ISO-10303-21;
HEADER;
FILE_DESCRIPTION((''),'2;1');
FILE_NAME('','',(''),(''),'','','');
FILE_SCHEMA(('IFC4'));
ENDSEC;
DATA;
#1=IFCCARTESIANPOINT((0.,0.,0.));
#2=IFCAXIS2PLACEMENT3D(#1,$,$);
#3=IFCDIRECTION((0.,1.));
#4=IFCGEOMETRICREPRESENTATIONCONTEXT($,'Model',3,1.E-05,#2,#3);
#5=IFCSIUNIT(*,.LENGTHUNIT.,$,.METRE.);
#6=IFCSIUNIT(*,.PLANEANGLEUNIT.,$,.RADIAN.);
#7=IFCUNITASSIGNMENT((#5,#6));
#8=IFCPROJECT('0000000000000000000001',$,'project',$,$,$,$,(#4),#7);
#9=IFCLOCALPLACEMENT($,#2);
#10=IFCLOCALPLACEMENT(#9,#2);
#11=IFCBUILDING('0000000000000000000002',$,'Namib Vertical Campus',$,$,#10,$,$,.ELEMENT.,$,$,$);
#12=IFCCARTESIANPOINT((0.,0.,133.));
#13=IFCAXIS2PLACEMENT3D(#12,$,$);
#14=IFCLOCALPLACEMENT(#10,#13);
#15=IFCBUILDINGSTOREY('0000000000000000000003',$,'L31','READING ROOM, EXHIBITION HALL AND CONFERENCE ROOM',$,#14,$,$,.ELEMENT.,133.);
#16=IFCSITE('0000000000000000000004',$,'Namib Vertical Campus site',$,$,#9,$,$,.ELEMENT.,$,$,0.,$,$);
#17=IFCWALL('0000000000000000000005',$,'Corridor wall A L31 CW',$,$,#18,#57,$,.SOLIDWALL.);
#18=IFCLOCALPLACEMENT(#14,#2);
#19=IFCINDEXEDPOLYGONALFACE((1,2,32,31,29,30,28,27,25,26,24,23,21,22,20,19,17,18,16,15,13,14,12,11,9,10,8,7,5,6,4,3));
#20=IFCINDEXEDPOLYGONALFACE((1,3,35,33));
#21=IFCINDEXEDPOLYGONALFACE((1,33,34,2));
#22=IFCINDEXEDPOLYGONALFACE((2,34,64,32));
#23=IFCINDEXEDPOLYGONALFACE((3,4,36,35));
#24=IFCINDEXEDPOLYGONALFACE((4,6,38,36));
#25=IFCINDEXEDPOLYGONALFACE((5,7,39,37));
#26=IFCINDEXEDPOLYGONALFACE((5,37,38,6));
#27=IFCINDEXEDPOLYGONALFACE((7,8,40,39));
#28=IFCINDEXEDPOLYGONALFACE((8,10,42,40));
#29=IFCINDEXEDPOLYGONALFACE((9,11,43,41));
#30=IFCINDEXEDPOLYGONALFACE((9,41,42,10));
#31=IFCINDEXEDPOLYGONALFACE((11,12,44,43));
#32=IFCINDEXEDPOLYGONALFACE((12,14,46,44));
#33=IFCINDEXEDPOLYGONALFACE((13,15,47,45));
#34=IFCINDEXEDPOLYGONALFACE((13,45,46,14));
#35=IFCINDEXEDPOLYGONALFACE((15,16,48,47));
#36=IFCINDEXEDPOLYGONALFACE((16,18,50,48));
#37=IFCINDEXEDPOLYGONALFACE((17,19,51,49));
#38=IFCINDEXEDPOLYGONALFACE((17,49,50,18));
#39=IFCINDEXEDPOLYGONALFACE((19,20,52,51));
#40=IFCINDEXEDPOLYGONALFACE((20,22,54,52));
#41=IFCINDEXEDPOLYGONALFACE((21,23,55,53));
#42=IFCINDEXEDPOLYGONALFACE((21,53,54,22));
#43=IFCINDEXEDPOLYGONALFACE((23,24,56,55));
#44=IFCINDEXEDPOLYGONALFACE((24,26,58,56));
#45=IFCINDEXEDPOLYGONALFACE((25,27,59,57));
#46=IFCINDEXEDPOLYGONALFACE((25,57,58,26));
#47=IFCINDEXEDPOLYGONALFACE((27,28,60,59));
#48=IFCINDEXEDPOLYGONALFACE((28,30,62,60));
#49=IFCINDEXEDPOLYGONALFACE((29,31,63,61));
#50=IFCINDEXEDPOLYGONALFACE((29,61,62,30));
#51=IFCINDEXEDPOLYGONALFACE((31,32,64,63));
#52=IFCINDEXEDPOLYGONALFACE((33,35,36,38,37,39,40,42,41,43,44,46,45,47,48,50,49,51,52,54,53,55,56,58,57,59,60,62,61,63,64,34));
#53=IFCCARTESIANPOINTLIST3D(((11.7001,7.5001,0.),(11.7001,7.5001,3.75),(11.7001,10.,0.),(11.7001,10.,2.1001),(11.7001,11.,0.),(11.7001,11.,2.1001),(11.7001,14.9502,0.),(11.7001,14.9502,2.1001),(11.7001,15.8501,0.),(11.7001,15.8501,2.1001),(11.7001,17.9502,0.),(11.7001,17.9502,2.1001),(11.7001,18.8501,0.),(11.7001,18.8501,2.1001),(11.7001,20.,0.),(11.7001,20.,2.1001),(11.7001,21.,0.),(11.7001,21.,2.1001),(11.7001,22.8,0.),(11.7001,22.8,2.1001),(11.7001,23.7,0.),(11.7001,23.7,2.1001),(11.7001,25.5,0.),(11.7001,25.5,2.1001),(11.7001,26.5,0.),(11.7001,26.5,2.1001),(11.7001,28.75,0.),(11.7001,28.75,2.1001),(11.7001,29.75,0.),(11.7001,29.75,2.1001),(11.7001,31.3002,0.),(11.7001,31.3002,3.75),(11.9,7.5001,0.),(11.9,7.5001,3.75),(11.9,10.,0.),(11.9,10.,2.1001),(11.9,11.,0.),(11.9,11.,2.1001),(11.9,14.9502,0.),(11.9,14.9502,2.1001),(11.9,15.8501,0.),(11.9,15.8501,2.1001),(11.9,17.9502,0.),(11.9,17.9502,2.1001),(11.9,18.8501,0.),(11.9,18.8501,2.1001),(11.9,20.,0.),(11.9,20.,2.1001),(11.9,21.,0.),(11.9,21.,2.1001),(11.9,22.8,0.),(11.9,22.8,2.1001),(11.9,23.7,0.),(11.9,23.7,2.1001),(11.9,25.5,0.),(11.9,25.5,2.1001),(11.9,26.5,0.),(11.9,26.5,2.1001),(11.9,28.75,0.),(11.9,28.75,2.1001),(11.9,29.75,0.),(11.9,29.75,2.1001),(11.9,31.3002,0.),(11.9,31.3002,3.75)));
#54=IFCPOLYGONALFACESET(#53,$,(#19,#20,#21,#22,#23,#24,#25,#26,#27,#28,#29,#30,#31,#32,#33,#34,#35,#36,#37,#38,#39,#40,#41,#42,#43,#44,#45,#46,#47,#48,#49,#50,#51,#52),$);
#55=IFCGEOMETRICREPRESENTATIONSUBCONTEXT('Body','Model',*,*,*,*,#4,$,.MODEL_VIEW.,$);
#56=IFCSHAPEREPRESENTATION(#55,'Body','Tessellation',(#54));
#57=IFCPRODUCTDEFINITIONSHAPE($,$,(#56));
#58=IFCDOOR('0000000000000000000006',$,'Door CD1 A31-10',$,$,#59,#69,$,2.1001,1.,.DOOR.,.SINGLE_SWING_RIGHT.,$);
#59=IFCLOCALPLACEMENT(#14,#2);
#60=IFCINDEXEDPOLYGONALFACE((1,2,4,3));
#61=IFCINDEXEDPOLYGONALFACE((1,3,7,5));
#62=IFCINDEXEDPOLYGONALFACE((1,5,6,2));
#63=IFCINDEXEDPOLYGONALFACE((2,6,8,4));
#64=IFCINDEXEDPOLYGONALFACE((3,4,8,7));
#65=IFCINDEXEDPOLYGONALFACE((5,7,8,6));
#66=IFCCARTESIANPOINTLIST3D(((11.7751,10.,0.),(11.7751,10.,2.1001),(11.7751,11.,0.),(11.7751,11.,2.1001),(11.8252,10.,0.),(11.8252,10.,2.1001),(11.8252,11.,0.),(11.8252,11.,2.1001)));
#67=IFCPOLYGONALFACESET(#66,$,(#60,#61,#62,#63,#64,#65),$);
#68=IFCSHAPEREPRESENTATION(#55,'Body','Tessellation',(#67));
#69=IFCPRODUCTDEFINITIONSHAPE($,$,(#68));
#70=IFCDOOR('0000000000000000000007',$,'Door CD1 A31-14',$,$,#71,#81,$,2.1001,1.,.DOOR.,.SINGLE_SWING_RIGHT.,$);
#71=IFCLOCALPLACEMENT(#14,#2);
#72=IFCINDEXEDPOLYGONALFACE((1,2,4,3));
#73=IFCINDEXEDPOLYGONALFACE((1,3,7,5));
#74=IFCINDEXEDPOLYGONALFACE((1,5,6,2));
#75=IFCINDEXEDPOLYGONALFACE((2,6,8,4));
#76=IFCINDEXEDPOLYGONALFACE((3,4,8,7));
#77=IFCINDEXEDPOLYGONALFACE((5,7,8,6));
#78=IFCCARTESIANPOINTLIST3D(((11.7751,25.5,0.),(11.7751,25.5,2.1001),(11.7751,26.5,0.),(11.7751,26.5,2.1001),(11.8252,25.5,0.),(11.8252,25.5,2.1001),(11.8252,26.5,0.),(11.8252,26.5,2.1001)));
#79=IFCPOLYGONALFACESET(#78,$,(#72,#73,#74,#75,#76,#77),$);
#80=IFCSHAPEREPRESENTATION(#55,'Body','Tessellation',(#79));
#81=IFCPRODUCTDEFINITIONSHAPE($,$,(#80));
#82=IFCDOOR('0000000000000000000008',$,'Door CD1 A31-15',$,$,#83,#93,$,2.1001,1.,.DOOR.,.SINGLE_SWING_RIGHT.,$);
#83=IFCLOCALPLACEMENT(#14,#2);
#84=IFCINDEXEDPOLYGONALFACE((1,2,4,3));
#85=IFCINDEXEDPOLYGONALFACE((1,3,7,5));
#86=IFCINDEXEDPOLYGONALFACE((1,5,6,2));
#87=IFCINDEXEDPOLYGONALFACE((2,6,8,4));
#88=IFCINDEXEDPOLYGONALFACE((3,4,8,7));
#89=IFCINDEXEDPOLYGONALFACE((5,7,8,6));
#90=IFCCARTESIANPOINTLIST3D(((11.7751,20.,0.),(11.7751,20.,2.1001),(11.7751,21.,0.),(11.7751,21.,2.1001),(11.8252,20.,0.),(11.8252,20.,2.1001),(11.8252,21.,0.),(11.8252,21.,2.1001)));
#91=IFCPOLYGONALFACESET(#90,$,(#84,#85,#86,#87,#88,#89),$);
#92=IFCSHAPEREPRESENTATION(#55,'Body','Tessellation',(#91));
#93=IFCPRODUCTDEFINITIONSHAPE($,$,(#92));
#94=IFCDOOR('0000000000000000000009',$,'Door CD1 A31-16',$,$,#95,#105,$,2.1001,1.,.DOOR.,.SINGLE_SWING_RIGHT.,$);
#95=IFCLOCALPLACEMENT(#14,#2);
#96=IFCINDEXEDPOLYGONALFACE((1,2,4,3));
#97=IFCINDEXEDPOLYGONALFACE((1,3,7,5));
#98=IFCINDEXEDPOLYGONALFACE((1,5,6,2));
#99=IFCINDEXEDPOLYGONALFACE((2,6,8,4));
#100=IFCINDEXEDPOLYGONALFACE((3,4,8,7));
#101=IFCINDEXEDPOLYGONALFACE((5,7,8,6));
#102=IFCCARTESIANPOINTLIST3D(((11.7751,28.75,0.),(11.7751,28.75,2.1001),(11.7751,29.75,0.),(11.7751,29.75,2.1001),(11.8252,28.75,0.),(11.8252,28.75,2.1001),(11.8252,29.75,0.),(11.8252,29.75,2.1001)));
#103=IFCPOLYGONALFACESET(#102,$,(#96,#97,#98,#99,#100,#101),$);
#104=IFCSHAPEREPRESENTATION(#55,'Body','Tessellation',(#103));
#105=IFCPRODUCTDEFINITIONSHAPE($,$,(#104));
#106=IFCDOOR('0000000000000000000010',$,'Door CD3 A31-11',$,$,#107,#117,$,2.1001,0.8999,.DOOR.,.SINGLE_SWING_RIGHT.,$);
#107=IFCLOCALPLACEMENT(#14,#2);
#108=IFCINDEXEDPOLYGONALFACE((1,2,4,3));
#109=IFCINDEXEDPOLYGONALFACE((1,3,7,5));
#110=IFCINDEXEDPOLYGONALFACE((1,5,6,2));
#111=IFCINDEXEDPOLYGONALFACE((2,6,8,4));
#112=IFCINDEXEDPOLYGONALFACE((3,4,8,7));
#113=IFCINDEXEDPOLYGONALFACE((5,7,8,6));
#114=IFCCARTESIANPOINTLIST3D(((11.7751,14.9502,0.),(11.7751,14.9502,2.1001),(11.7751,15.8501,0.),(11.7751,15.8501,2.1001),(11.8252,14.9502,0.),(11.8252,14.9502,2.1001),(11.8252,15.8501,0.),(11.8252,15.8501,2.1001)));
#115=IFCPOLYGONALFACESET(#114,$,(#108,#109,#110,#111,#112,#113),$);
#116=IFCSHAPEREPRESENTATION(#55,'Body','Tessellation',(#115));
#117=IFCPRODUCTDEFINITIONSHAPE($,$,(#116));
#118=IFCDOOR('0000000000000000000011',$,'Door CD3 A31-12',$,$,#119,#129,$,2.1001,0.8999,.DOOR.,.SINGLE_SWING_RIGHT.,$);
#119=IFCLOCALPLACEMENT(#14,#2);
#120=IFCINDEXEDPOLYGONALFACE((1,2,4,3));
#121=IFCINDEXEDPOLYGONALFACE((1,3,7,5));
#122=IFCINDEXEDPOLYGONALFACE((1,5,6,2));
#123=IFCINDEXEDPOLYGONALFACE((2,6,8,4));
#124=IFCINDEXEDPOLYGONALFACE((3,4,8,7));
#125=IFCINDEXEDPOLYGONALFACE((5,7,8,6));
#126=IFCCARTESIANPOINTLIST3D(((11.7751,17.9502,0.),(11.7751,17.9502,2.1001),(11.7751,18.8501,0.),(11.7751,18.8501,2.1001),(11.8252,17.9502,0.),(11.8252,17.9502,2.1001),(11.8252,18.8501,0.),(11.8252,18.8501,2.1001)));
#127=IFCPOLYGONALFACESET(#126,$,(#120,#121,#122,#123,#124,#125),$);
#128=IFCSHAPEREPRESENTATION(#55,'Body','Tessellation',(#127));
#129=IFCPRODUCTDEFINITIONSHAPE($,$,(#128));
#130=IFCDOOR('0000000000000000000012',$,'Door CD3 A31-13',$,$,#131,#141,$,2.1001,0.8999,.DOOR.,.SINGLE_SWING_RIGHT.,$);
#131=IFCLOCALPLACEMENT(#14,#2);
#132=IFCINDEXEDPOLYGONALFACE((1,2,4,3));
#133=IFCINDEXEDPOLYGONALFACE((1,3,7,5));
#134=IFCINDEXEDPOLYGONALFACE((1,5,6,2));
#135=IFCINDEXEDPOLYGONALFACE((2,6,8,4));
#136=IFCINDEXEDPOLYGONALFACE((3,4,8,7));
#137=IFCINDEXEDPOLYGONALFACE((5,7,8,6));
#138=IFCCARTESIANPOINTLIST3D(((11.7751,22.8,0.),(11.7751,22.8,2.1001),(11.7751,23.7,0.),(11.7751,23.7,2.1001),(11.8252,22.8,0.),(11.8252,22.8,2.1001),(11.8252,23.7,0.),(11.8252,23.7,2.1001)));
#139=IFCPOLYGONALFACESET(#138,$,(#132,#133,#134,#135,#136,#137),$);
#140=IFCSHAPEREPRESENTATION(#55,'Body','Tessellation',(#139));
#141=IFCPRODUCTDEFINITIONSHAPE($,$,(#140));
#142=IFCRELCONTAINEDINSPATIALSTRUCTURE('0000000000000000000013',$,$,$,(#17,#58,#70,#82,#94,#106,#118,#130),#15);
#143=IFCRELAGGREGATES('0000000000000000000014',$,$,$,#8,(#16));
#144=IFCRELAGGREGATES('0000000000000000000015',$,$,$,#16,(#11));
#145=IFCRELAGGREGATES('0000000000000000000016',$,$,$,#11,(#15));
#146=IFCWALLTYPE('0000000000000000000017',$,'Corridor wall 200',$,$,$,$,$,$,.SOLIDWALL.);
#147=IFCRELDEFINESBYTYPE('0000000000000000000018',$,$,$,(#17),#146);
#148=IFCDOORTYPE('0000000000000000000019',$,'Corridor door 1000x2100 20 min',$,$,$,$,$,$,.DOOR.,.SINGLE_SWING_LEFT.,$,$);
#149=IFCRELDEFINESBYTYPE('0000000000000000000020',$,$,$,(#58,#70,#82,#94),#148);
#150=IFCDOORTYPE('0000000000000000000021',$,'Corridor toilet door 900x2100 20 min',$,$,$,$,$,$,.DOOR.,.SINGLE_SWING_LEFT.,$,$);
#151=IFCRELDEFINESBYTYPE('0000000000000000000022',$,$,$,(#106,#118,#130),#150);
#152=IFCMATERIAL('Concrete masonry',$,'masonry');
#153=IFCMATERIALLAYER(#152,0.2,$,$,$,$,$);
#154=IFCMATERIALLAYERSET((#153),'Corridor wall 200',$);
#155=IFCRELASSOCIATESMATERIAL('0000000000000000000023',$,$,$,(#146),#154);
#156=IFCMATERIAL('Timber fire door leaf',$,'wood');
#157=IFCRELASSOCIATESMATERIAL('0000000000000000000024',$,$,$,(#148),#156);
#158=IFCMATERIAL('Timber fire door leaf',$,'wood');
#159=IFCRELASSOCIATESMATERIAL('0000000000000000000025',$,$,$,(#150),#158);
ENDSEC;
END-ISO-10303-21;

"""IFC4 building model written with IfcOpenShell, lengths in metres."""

from ifc_helpers import new_model, si_unit, direction, frame, frame_2d, origin, place, context, subcontext, project, spatial, rectangle, extrude, material, layer, layer_set, type_object, element, fill, save


model = new_model("IFC4")

# Units and contexts
model_context = context("Model", 3, precision=1e-05, world=origin(), true_north=direction((0.0, 1.0)))
body_context = subcontext(model_context, "Body", "Model", "MODEL_VIEW")
ifc_project = project(units=[si_unit("LENGTHUNIT", "METRE"), si_unit("PLANEANGLEUNIT", "RADIAN")], contexts=[model_context])

# Site, building, storey
site_placement = place(None, origin())
site = spatial("IfcSite", under=ifc_project, at=site_placement, Name="Namib Vertical Campus site", CompositionType="ELEMENT", RefElevation=0.0)
building_placement = place(site_placement, origin())
building = spatial("IfcBuilding", under=site, at=building_placement, Name="Namib Vertical Campus", CompositionType="ELEMENT")
storey_placement = place(building_placement, frame((0.0, 0.0, 133.0)))
storey = spatial("IfcBuildingStorey", under=building, at=storey_placement, Name="L31", Description="READING ROOM, EXHIBITION HALL AND CONFERENCE ROOM", CompositionType="ELEMENT", Elevation=133.0)

# Wall, openings, doors
ifc_material_1 = material(Name="Concrete masonry", Category="masonry")
ifc_layer_1 = layer(ifc_material_1, 0.2)
ifc_layer_set_1 = layer_set([ifc_layer_1], Name="Corridor wall 200")
wall_type_1 = type_object("IfcWallType", Name="Corridor wall 200", PredefinedType="SOLIDWALL", material=ifc_layer_set_1)
wall_1_placement = place(storey_placement, frame((11.8, 31.3, 0.0), z_axis=(0.0, 0.0, 1.0), x_axis=(0.0, -1.0, 0.0)))
wall_1 = element("IfcWall", 1, at=wall_1_placement, inside=storey, type_object=wall_type_1, Name="Corridor wall A L31 CW", PredefinedType="SOLIDWALL", context=body_context, shape_type="SweptSolid", body=[
    extrude(rectangle(XDim=23.8, YDim=0.2, at=frame_2d((11.8999, 0.0))), origin(), (0.0, 0.0, 1.0), 3.75),
])
opening_1_placement = place(wall_1_placement, frame((20.3, 0.0, 0.0)))
opening_1 = element("IfcOpeningElement", 2, at=opening_1_placement, cuts=wall_1, PredefinedType="OPENING", context=body_context, shape_type="SweptSolid", body=[
    extrude(rectangle(XDim=1.0, YDim=2.1001, at=frame_2d((0.5, 1.05))), frame((0.0, 0.1099, 0.0), z_axis=(0.0, -1.0, 0.0), x_axis=(1.0, 0.0, 0.0)), (0.0, 0.0, 1.0), 0.22),
])
opening_2_placement = place(wall_1_placement, frame((15.45, 0.0, 0.0)))
opening_2 = element("IfcOpeningElement", 3, at=opening_2_placement, cuts=wall_1, PredefinedType="OPENING", context=body_context, shape_type="SweptSolid", body=[
    extrude(rectangle(XDim=0.8999, YDim=2.1001, at=frame_2d((0.45, 1.05))), frame((0.0, 0.1099, 0.0), z_axis=(0.0, -1.0, 0.0), x_axis=(1.0, 0.0, 0.0)), (0.0, 0.0, 1.0), 0.22),
])
opening_3_placement = place(wall_1_placement, frame((12.45, 0.0, 0.0)))
opening_3 = element("IfcOpeningElement", 4, at=opening_3_placement, cuts=wall_1, PredefinedType="OPENING", context=body_context, shape_type="SweptSolid", body=[
    extrude(rectangle(XDim=0.8999, YDim=2.1001, at=frame_2d((0.45, 1.05))), frame((0.0, 0.1099, 0.0), z_axis=(0.0, -1.0, 0.0), x_axis=(1.0, 0.0, 0.0)), (0.0, 0.0, 1.0), 0.22),
])
opening_4_placement = place(wall_1_placement, frame((7.6001, 0.0, 0.0)))
opening_4 = element("IfcOpeningElement", 5, at=opening_4_placement, cuts=wall_1, PredefinedType="OPENING", context=body_context, shape_type="SweptSolid", body=[
    extrude(rectangle(XDim=0.8999, YDim=2.1001, at=frame_2d((0.45, 1.05))), frame((0.0, 0.1099, 0.0), z_axis=(0.0, -1.0, 0.0), x_axis=(1.0, 0.0, 0.0)), (0.0, 0.0, 1.0), 0.22),
])
opening_5_placement = place(wall_1_placement, frame((4.8, 0.0, 0.0)))
opening_5 = element("IfcOpeningElement", 6, at=opening_5_placement, cuts=wall_1, PredefinedType="OPENING", context=body_context, shape_type="SweptSolid", body=[
    extrude(rectangle(XDim=1.0, YDim=2.1001, at=frame_2d((0.5, 1.05))), frame((0.0, 0.1099, 0.0), z_axis=(0.0, -1.0, 0.0), x_axis=(1.0, 0.0, 0.0)), (0.0, 0.0, 1.0), 0.22),
])
opening_6_placement = place(wall_1_placement, frame((10.3, 0.0, 0.0)))
opening_6 = element("IfcOpeningElement", 7, at=opening_6_placement, cuts=wall_1, PredefinedType="OPENING", context=body_context, shape_type="SweptSolid", body=[
    extrude(rectangle(XDim=1.0, YDim=2.1001, at=frame_2d((0.5, 1.05))), frame((0.0, 0.1099, 0.0), z_axis=(0.0, -1.0, 0.0), x_axis=(1.0, 0.0, 0.0)), (0.0, 0.0, 1.0), 0.22),
])
opening_7_placement = place(wall_1_placement, frame((1.55, 0.0, 0.0)))
opening_7 = element("IfcOpeningElement", 8, at=opening_7_placement, cuts=wall_1, PredefinedType="OPENING", context=body_context, shape_type="SweptSolid", body=[
    extrude(rectangle(XDim=1.0, YDim=2.1001, at=frame_2d((0.5, 1.05))), frame((0.0, 0.1099, 0.0), z_axis=(0.0, -1.0, 0.0), x_axis=(1.0, 0.0, 0.0)), (0.0, 0.0, 1.0), 0.22),
])
ifc_material_2 = material(Name="Timber fire door leaf", Category="wood")
door_type_1 = type_object("IfcDoorType", Name="Corridor door 1000x2100 20 min", OperationType="SINGLE_SWING_LEFT", PredefinedType="DOOR", material=ifc_material_2)
door_1_placement = place(opening_1_placement, frame((1.0, 0.0, 0.0), z_axis=(0.0, 0.0, 1.0), x_axis=(-1.0, 0.0, 0.0)))
door_1 = element("IfcDoor", 9, at=door_1_placement, inside=storey, type_object=door_type_1, Name="Door CD1 A31-10", OperationType="SINGLE_SWING_RIGHT", OverallHeight=2.1001, OverallWidth=1.0, PredefinedType="DOOR", context=body_context, shape_type="SweptSolid", body=[
    extrude(rectangle(XDim=1.0, YDim=2.1001, at=frame_2d((0.5, 1.05))), frame((0.0, 0.0249, 0.0), z_axis=(0.0, -1.0, 0.0), x_axis=(1.0, 0.0, 0.0)), (0.0, 0.0, 1.0), 0.05),
])
fill(opening_1, door_1)
door_2_placement = place(opening_5_placement, frame((1.0, 0.0, 0.0), z_axis=(0.0, 0.0, 1.0), x_axis=(-1.0, 0.0, 0.0)))
door_2 = element("IfcDoor", 10, at=door_2_placement, inside=storey, type_object=door_type_1, Name="Door CD1 A31-14", OperationType="SINGLE_SWING_RIGHT", OverallHeight=2.1001, OverallWidth=1.0, PredefinedType="DOOR", context=body_context, shape_type="SweptSolid", body=[
    extrude(rectangle(XDim=1.0, YDim=2.1001, at=frame_2d((0.5, 1.05))), frame((0.0, 0.0249, 0.0), z_axis=(0.0, -1.0, 0.0), x_axis=(1.0, 0.0, 0.0)), (0.0, 0.0, 1.0), 0.05),
])
fill(opening_5, door_2)
door_3_placement = place(opening_6_placement, frame((1.0, 0.0, 0.0), z_axis=(0.0, 0.0, 1.0), x_axis=(-1.0, 0.0, 0.0)))
door_3 = element("IfcDoor", 11, at=door_3_placement, inside=storey, type_object=door_type_1, Name="Door CD1 A31-15", OperationType="SINGLE_SWING_RIGHT", OverallHeight=2.1001, OverallWidth=1.0, PredefinedType="DOOR", context=body_context, shape_type="SweptSolid", body=[
    extrude(rectangle(XDim=1.0, YDim=2.1001, at=frame_2d((0.5, 1.05))), frame((0.0, 0.0249, 0.0), z_axis=(0.0, -1.0, 0.0), x_axis=(1.0, 0.0, 0.0)), (0.0, 0.0, 1.0), 0.05),
])
fill(opening_6, door_3)
door_4_placement = place(opening_7_placement, frame((1.0, 0.0, 0.0), z_axis=(0.0, 0.0, 1.0), x_axis=(-1.0, 0.0, 0.0)))
door_4 = element("IfcDoor", 12, at=door_4_placement, inside=storey, type_object=door_type_1, Name="Door CD1 A31-16", OperationType="SINGLE_SWING_RIGHT", OverallHeight=2.1001, OverallWidth=1.0, PredefinedType="DOOR", context=body_context, shape_type="SweptSolid", body=[
    extrude(rectangle(XDim=1.0, YDim=2.1001, at=frame_2d((0.5, 1.05))), frame((0.0, 0.0249, 0.0), z_axis=(0.0, -1.0, 0.0), x_axis=(1.0, 0.0, 0.0)), (0.0, 0.0, 1.0), 0.05),
])
fill(opening_7, door_4)
ifc_material_3 = material(Name="Timber fire door leaf", Category="wood")
door_type_2 = type_object("IfcDoorType", Name="Corridor toilet door 900x2100 20 min", OperationType="SINGLE_SWING_LEFT", PredefinedType="DOOR", material=ifc_material_3)
door_5_placement = place(opening_2_placement, frame((0.8999, 0.0, 0.0), z_axis=(0.0, 0.0, 1.0), x_axis=(-1.0, 0.0, 0.0)))
door_5 = element("IfcDoor", 13, at=door_5_placement, inside=storey, type_object=door_type_2, Name="Door CD3 A31-11", OperationType="SINGLE_SWING_RIGHT", OverallHeight=2.1001, OverallWidth=0.8999, PredefinedType="DOOR", context=body_context, shape_type="SweptSolid", body=[
    extrude(rectangle(XDim=0.8999, YDim=2.1001, at=frame_2d((0.45, 1.05))), frame((0.0, 0.0249, 0.0), z_axis=(0.0, -1.0, 0.0), x_axis=(1.0, 0.0, 0.0)), (0.0, 0.0, 1.0), 0.05),
])
fill(opening_2, door_5)
door_6_placement = place(opening_3_placement, frame((0.8999, 0.0, 0.0), z_axis=(0.0, 0.0, 1.0), x_axis=(-1.0, 0.0, 0.0)))
door_6 = element("IfcDoor", 14, at=door_6_placement, inside=storey, type_object=door_type_2, Name="Door CD3 A31-12", OperationType="SINGLE_SWING_RIGHT", OverallHeight=2.1001, OverallWidth=0.8999, PredefinedType="DOOR", context=body_context, shape_type="SweptSolid", body=[
    extrude(rectangle(XDim=0.8999, YDim=2.1001, at=frame_2d((0.45, 1.05))), frame((0.0, 0.0249, 0.0), z_axis=(0.0, -1.0, 0.0), x_axis=(1.0, 0.0, 0.0)), (0.0, 0.0, 1.0), 0.05),
])
fill(opening_3, door_6)
door_7_placement = place(opening_4_placement, frame((0.8999, 0.0, 0.0), z_axis=(0.0, 0.0, 1.0), x_axis=(-1.0, 0.0, 0.0)))
door_7 = element("IfcDoor", 15, at=door_7_placement, inside=storey, type_object=door_type_2, Name="Door CD3 A31-13", OperationType="SINGLE_SWING_RIGHT", OverallHeight=2.1001, OverallWidth=0.8999, PredefinedType="DOOR", context=body_context, shape_type="SweptSolid", body=[
    extrude(rectangle(XDim=0.8999, YDim=2.1001, at=frame_2d((0.45, 1.05))), frame((0.0, 0.0249, 0.0), z_axis=(0.0, -1.0, 0.0), x_axis=(1.0, 0.0, 0.0)), (0.0, 0.0, 1.0), 0.05),
])
fill(opening_4, door_7)

save(model, "model.ifc")
